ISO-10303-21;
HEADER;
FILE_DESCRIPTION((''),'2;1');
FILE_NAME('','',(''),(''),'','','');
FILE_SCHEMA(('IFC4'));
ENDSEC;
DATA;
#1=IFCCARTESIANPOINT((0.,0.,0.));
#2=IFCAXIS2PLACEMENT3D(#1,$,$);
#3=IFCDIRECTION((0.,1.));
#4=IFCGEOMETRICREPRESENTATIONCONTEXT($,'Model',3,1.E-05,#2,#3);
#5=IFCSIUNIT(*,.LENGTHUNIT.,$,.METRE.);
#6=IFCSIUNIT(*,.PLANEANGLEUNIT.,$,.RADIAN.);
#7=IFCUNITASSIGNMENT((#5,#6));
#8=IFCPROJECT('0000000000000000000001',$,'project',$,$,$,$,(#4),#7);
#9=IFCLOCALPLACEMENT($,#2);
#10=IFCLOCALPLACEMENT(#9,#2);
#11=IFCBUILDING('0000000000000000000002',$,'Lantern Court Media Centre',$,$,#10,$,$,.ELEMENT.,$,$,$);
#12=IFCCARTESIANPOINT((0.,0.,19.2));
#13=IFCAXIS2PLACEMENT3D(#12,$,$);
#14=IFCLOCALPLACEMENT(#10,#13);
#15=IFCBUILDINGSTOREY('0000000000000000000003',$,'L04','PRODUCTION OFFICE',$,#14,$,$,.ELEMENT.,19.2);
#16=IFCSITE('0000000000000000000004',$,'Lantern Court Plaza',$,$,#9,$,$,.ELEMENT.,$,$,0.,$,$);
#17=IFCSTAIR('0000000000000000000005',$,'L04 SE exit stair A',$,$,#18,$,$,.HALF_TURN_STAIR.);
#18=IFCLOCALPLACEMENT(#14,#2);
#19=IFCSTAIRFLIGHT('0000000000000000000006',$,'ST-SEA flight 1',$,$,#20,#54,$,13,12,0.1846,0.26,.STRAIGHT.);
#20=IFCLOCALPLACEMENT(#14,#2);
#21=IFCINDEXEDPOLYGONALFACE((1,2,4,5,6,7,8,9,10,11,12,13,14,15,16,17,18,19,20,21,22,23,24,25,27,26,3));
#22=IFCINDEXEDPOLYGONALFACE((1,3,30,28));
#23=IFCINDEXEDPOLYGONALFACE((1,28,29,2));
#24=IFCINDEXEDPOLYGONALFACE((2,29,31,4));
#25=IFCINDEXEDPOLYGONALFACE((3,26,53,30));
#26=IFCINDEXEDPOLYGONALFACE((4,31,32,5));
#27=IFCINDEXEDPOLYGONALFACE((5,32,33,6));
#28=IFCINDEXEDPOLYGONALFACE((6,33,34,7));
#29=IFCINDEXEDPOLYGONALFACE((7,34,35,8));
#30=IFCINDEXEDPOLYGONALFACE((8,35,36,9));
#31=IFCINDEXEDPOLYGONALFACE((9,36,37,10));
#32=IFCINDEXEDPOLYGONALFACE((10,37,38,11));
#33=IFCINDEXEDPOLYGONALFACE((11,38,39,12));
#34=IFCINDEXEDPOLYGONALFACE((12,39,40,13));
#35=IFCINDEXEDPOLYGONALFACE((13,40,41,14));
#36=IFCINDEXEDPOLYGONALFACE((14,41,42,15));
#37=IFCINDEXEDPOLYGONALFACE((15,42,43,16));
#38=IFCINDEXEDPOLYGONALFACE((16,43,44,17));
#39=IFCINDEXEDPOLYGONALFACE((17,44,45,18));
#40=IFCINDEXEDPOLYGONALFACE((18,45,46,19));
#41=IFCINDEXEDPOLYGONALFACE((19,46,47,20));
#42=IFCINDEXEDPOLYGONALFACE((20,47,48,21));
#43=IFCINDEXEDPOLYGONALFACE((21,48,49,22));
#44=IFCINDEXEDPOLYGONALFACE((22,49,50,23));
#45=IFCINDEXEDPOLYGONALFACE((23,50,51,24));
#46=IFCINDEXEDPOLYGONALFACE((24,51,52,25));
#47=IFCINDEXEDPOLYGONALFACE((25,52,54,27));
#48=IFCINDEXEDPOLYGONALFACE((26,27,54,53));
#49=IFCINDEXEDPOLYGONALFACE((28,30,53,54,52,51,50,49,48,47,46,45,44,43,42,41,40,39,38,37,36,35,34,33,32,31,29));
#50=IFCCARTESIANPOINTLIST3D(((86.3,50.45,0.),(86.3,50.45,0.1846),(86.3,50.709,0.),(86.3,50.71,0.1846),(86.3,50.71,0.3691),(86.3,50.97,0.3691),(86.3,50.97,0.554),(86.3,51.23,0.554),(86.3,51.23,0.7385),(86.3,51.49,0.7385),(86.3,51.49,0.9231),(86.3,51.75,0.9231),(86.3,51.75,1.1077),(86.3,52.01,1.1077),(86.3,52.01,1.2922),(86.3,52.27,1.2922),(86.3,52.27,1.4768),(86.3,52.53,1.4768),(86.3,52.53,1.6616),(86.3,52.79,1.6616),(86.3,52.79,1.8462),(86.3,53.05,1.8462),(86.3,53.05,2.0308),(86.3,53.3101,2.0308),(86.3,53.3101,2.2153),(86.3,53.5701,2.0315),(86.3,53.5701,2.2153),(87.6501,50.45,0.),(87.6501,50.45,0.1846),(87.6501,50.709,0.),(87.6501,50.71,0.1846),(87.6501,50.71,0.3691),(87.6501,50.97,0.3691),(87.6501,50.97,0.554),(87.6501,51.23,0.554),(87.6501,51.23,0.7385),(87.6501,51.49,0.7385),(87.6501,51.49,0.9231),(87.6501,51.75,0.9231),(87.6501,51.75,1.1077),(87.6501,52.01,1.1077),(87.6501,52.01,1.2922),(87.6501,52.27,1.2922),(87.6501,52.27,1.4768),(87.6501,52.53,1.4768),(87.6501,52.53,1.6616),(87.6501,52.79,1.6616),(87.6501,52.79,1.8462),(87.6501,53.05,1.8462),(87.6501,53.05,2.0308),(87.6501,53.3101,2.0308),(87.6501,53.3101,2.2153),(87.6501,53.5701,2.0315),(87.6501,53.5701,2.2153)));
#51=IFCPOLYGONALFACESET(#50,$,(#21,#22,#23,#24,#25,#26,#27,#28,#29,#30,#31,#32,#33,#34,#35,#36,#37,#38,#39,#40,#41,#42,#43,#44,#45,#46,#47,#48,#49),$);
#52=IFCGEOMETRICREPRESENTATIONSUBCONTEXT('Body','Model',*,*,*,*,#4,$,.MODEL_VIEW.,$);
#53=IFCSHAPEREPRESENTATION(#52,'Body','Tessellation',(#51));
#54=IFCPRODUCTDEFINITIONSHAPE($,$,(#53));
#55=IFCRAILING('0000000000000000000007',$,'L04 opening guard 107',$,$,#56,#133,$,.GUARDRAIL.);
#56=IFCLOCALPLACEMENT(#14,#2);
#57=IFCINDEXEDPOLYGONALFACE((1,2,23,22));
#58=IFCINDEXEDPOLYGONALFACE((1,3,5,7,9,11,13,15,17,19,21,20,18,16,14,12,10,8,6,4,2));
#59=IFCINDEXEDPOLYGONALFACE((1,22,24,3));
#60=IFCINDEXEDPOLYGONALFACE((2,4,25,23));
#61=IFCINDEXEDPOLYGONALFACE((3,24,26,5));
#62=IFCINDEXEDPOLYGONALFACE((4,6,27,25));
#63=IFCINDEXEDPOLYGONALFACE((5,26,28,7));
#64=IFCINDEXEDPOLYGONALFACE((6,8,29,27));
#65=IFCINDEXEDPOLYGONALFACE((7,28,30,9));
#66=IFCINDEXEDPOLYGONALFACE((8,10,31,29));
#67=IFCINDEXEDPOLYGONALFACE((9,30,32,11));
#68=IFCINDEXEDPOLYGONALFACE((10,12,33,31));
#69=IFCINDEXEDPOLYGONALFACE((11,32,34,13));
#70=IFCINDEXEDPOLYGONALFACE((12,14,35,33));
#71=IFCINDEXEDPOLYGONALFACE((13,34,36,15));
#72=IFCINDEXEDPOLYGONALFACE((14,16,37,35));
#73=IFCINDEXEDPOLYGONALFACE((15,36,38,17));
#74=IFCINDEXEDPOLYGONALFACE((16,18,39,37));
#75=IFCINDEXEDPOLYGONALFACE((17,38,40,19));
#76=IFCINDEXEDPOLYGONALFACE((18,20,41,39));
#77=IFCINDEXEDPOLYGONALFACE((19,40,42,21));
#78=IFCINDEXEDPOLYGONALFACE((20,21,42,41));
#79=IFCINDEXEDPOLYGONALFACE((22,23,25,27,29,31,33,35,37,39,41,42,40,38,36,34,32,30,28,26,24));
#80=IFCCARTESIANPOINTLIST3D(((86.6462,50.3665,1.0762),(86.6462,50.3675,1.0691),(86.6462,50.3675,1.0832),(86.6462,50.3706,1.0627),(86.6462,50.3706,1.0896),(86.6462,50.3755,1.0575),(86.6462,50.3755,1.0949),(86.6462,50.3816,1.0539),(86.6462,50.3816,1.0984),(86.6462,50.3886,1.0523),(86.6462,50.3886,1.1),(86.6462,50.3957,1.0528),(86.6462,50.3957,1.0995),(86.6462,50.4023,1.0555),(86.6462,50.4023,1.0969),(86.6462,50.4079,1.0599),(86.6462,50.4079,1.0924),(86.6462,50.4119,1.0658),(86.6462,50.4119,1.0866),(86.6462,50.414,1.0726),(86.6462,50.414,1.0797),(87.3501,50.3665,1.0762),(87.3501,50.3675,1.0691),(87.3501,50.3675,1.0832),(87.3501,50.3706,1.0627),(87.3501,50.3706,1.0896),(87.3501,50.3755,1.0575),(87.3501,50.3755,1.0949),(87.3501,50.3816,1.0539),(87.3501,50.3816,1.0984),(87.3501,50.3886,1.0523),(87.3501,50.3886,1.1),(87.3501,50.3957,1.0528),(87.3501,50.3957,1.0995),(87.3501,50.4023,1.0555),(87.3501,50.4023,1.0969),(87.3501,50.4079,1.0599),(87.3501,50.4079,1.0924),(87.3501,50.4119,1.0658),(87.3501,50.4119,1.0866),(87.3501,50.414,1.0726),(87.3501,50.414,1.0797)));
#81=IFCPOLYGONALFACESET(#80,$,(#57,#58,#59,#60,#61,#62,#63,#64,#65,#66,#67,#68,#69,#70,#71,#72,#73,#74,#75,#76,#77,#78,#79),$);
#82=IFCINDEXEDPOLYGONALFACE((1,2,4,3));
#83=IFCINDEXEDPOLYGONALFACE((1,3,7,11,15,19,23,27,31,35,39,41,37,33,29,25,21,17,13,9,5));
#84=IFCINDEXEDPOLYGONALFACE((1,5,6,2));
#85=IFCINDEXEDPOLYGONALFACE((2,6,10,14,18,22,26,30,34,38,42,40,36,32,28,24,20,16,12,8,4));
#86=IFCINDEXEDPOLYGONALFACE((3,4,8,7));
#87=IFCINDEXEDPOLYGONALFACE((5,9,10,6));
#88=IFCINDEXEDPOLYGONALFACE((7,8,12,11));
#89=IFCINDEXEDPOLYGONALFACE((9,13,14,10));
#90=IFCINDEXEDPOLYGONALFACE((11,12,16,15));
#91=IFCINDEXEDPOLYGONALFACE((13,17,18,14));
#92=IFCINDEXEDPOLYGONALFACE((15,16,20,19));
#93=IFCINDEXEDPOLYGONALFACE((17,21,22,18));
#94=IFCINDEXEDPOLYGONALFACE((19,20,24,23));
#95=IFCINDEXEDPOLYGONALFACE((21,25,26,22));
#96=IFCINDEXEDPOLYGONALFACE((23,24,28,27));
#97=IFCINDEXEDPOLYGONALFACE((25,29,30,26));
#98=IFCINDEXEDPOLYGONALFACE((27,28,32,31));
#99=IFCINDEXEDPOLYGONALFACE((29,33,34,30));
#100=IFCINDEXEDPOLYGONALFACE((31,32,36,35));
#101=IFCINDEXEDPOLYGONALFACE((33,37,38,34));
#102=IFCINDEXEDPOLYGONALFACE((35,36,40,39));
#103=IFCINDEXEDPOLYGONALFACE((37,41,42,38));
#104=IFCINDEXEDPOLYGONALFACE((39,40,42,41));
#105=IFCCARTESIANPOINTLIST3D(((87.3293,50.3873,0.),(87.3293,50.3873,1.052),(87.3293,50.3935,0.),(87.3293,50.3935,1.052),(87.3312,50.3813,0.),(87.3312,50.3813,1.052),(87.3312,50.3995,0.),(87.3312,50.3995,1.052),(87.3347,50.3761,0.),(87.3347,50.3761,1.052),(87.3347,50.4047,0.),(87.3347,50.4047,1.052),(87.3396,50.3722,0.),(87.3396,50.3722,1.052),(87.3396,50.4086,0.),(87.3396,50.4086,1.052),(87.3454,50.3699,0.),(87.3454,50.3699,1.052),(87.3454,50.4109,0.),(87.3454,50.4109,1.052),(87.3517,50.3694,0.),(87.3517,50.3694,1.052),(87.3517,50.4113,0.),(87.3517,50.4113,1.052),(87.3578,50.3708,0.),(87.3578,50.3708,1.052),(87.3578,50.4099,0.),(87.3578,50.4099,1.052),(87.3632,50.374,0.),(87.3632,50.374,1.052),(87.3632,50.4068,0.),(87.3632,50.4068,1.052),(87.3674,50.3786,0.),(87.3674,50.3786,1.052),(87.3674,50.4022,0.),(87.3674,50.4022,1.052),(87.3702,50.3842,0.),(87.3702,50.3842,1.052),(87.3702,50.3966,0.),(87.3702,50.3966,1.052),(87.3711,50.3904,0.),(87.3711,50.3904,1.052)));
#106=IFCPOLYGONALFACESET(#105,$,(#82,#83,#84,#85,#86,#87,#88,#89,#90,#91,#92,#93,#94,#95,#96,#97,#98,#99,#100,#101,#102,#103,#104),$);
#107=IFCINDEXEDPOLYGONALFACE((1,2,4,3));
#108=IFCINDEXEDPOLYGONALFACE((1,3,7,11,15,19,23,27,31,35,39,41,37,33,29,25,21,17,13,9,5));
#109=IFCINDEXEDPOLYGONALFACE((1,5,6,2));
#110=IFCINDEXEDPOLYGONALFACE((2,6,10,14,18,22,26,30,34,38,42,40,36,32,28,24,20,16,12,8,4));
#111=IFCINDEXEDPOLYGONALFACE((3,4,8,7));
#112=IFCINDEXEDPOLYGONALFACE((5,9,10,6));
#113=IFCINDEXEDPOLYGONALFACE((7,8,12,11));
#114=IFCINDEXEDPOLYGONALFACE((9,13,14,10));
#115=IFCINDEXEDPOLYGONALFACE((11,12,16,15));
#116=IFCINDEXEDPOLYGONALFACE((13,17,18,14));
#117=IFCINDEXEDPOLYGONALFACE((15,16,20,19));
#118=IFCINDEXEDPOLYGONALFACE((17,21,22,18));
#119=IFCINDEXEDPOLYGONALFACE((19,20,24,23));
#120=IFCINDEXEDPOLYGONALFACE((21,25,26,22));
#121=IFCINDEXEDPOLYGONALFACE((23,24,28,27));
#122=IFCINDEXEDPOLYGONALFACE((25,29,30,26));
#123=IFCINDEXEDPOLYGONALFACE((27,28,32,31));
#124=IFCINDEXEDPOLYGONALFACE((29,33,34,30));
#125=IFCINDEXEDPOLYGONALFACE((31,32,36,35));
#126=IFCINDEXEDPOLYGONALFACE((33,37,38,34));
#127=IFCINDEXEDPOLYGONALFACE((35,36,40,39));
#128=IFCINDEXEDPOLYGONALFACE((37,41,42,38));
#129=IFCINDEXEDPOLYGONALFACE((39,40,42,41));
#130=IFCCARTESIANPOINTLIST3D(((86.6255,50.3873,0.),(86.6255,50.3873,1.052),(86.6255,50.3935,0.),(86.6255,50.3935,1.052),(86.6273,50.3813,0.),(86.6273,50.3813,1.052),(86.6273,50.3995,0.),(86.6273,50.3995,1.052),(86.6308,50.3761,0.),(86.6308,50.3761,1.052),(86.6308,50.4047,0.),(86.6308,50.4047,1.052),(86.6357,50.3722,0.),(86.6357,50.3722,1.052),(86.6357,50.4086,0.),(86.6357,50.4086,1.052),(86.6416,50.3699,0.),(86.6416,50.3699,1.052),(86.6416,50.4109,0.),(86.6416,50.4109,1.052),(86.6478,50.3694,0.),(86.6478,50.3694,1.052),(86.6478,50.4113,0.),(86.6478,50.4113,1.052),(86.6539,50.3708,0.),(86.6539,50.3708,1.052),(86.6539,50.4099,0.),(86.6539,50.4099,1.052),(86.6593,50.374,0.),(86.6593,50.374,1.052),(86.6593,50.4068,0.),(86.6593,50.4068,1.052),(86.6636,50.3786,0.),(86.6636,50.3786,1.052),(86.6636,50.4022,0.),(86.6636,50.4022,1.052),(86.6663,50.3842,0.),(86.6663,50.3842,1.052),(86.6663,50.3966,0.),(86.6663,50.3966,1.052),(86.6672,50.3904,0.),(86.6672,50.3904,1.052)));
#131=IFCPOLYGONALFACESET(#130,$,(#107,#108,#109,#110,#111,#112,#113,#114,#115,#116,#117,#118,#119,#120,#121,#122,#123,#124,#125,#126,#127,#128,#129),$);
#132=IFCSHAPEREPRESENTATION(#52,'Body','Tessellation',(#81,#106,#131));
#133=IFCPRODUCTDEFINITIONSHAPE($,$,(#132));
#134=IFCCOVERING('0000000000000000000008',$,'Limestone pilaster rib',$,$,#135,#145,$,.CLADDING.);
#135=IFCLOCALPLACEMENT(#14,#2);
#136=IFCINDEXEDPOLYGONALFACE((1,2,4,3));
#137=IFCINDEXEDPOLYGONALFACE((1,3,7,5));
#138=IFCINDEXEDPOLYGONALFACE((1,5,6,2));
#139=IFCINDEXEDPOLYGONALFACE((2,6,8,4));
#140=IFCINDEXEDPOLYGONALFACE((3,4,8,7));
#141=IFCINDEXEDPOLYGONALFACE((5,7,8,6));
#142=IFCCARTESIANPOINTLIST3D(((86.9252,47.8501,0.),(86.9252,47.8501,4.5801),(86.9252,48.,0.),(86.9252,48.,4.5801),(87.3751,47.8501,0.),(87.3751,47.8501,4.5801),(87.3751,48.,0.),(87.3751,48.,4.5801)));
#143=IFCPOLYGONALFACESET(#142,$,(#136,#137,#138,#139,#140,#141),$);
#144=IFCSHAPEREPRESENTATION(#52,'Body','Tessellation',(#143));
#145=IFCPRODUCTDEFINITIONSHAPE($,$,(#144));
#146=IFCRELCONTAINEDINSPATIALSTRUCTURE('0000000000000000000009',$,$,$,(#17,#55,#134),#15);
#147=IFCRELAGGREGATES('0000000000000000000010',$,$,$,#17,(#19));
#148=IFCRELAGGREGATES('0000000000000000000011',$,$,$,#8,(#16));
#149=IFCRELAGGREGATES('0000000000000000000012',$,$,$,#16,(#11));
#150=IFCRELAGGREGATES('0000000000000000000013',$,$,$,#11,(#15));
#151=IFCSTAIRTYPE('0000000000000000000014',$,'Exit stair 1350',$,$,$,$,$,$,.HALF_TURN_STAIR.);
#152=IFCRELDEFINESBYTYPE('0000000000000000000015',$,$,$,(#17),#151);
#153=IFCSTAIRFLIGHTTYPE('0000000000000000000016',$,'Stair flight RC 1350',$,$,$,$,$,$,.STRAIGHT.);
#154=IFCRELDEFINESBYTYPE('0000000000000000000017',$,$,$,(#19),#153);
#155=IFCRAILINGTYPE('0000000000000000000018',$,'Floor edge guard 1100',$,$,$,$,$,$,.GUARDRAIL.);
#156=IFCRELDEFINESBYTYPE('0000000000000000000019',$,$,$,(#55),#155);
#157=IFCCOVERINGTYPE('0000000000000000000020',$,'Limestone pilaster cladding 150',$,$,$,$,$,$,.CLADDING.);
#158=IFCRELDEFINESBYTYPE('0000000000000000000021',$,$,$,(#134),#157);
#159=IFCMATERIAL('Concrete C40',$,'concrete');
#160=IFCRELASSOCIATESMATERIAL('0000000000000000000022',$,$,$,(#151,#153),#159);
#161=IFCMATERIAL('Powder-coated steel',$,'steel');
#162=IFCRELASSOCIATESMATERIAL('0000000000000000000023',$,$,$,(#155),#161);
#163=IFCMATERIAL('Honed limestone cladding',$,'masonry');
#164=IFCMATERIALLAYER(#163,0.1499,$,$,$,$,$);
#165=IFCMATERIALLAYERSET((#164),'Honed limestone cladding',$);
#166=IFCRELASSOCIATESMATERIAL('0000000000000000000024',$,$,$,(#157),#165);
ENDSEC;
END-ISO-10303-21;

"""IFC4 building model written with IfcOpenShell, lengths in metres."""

from ifc_helpers import new_model, si_unit, direction, frame, frame_2d, origin, origin_2d, place, context, subcontext, project, spatial, polyline, rectangle, circle, outline, extrude, material, layer, layer_set, type_object, element, aggregate, save


model = new_model("IFC4")

# Units and contexts
model_context = context("Model", 3, precision=1e-05, world=origin(), true_north=direction((0.0, 1.0)))
body_context = subcontext(model_context, "Body", "Model", "MODEL_VIEW")
ifc_project = project(units=[si_unit("LENGTHUNIT", "METRE"), si_unit("PLANEANGLEUNIT", "RADIAN")], contexts=[model_context])

# Site, building, storey
site_placement = place(None, origin())
site = spatial("IfcSite", under=ifc_project, at=site_placement, Name="Lantern Court Plaza", CompositionType="ELEMENT", RefElevation=0.0)
building_placement = place(site_placement, origin())
building = spatial("IfcBuilding", under=site, at=building_placement, Name="Lantern Court Media Centre", CompositionType="ELEMENT")
storey_placement = place(building_placement, frame((0.0, 0.0, 19.2)))
storey = spatial("IfcBuildingStorey", under=building, at=storey_placement, Name="L04", Description="PRODUCTION OFFICE", CompositionType="ELEMENT", Elevation=19.2)

# Shared definitions
ifc_material_1 = material(Name="Concrete C40", Category="concrete")

# Stair, stair flight
stair_type = type_object("IfcStairType", Name="Exit stair 1350", PredefinedType="HALF_TURN_STAIR", material=ifc_material_1)
stair_placement = place(storey_placement, origin())
stair = element("IfcStair", 1, at=stair_placement, inside=storey, type_object=stair_type, Name="L04 SE exit stair A", PredefinedType="HALF_TURN_STAIR")
stair_flight_type = type_object("IfcStairFlightType", Name="Stair flight RC 1350", PredefinedType="STRAIGHT", material=ifc_material_1)
stair_flight_placement = place(storey_placement, frame((86.9751, 50.45, 0.0), z_axis=(0.0, 0.0, 1.0), x_axis=(0.0, 1.0, 0.0)))
stair_flight = element("IfcStairFlight", 2, at=stair_flight_placement, type_object=stair_flight_type, Name="ST-SEA flight 1", NumberOfRisers=13, NumberOfTreads=12, PredefinedType="STRAIGHT", RiserHeight=0.1846, TreadLength=0.26, context=body_context, shape_type="SweptSolid", body=[
    extrude(outline(polyline([(0.0, 0.0), (0.0, 0.1846), (0.26, 0.1846), (0.26, 0.3691), (0.52, 0.3691), (0.52, 0.554), (0.78, 0.554), (0.78, 0.7385), (1.04, 0.7385), (1.04, 0.9231), (1.3, 0.9231), (1.3, 1.1077), (1.5601, 1.1077), (1.5601, 1.2922), (1.8201, 1.2922), (1.8201, 1.4768), (2.0801, 1.4768), (2.0801, 1.6616), (2.3401, 1.6616), (2.3401, 1.8462), (2.6001, 1.8462), (2.6001, 2.0308), (2.8601, 2.0308), (2.8601, 2.2153), (3.1201, 2.2153), (3.1201, 2.3999), (3.1201, 2.0315), (0.259, 0.0), (0.0, 0.0)])), frame((0.0, 0.675, 0.0), z_axis=(0.0, -1.0, 0.0), x_axis=(1.0, 0.0, 0.0)), (0.0, 0.0, 1.0), 1.3501),
])
aggregate(stair, [stair_flight])

# Railing
ifc_material_2 = material(Name="Powder-coated steel", Category="steel")
railing_type_1 = type_object("IfcRailingType", Name="Floor edge guard 1100", PredefinedType="GUARDRAIL", material=ifc_material_2)
railing_1_placement = place(storey_placement, frame((87.3501, 50.3904, 0.0)))
element("IfcRailing", 3, at=railing_1_placement, inside=storey, type_object=railing_type_1, Name="L04 opening guard 107", PredefinedType="GUARDRAIL", context=body_context, shape_type="SweptSolid", body=[
    extrude(circle(Radius=0.0239, at=origin_2d()), frame((0.0, 0.0, 1.0762), z_axis=(-1.0, 0.0, 0.0), x_axis=(0.0, -1.0, 0.0)), (0.0, 0.0, 1.0), 0.7039),
    extrude(circle(Radius=0.021, at=origin_2d()), origin(), (0.0, 0.0, 1.0), 1.052),
    extrude(circle(Radius=0.021, at=origin_2d()), frame((-0.7039, 0.0, 0.0)), (0.0, 0.0, 1.0), 1.052),
])

# Covering
ifc_material_3 = material(Name="Honed limestone cladding", Category="masonry")
ifc_layer_1 = layer(ifc_material_3, 0.1499)
ifc_layer_set_1 = layer_set([ifc_layer_1], Name="Honed limestone cladding")
covering_type = type_object("IfcCoveringType", Name="Limestone pilaster cladding 150", PredefinedType="CLADDING", material=ifc_layer_set_1)
covering_placement = place(storey_placement, frame((86.925, 47.925, 0.0), z_axis=(0.0, 0.0, 1.0), x_axis=(1.0, 0.0, 0.0)))
element("IfcCovering", 4, at=covering_placement, inside=storey, type_object=covering_type, Name="Limestone pilaster rib", PredefinedType="CLADDING", context=body_context, shape_type="SweptSolid", body=[
    extrude(rectangle(XDim=0.45, YDim=0.1499, at=frame_2d((0.2251, 0.0))), origin(), (0.0, 0.0, 1.0), 4.5801),
])

save(model, "model.ifc")
